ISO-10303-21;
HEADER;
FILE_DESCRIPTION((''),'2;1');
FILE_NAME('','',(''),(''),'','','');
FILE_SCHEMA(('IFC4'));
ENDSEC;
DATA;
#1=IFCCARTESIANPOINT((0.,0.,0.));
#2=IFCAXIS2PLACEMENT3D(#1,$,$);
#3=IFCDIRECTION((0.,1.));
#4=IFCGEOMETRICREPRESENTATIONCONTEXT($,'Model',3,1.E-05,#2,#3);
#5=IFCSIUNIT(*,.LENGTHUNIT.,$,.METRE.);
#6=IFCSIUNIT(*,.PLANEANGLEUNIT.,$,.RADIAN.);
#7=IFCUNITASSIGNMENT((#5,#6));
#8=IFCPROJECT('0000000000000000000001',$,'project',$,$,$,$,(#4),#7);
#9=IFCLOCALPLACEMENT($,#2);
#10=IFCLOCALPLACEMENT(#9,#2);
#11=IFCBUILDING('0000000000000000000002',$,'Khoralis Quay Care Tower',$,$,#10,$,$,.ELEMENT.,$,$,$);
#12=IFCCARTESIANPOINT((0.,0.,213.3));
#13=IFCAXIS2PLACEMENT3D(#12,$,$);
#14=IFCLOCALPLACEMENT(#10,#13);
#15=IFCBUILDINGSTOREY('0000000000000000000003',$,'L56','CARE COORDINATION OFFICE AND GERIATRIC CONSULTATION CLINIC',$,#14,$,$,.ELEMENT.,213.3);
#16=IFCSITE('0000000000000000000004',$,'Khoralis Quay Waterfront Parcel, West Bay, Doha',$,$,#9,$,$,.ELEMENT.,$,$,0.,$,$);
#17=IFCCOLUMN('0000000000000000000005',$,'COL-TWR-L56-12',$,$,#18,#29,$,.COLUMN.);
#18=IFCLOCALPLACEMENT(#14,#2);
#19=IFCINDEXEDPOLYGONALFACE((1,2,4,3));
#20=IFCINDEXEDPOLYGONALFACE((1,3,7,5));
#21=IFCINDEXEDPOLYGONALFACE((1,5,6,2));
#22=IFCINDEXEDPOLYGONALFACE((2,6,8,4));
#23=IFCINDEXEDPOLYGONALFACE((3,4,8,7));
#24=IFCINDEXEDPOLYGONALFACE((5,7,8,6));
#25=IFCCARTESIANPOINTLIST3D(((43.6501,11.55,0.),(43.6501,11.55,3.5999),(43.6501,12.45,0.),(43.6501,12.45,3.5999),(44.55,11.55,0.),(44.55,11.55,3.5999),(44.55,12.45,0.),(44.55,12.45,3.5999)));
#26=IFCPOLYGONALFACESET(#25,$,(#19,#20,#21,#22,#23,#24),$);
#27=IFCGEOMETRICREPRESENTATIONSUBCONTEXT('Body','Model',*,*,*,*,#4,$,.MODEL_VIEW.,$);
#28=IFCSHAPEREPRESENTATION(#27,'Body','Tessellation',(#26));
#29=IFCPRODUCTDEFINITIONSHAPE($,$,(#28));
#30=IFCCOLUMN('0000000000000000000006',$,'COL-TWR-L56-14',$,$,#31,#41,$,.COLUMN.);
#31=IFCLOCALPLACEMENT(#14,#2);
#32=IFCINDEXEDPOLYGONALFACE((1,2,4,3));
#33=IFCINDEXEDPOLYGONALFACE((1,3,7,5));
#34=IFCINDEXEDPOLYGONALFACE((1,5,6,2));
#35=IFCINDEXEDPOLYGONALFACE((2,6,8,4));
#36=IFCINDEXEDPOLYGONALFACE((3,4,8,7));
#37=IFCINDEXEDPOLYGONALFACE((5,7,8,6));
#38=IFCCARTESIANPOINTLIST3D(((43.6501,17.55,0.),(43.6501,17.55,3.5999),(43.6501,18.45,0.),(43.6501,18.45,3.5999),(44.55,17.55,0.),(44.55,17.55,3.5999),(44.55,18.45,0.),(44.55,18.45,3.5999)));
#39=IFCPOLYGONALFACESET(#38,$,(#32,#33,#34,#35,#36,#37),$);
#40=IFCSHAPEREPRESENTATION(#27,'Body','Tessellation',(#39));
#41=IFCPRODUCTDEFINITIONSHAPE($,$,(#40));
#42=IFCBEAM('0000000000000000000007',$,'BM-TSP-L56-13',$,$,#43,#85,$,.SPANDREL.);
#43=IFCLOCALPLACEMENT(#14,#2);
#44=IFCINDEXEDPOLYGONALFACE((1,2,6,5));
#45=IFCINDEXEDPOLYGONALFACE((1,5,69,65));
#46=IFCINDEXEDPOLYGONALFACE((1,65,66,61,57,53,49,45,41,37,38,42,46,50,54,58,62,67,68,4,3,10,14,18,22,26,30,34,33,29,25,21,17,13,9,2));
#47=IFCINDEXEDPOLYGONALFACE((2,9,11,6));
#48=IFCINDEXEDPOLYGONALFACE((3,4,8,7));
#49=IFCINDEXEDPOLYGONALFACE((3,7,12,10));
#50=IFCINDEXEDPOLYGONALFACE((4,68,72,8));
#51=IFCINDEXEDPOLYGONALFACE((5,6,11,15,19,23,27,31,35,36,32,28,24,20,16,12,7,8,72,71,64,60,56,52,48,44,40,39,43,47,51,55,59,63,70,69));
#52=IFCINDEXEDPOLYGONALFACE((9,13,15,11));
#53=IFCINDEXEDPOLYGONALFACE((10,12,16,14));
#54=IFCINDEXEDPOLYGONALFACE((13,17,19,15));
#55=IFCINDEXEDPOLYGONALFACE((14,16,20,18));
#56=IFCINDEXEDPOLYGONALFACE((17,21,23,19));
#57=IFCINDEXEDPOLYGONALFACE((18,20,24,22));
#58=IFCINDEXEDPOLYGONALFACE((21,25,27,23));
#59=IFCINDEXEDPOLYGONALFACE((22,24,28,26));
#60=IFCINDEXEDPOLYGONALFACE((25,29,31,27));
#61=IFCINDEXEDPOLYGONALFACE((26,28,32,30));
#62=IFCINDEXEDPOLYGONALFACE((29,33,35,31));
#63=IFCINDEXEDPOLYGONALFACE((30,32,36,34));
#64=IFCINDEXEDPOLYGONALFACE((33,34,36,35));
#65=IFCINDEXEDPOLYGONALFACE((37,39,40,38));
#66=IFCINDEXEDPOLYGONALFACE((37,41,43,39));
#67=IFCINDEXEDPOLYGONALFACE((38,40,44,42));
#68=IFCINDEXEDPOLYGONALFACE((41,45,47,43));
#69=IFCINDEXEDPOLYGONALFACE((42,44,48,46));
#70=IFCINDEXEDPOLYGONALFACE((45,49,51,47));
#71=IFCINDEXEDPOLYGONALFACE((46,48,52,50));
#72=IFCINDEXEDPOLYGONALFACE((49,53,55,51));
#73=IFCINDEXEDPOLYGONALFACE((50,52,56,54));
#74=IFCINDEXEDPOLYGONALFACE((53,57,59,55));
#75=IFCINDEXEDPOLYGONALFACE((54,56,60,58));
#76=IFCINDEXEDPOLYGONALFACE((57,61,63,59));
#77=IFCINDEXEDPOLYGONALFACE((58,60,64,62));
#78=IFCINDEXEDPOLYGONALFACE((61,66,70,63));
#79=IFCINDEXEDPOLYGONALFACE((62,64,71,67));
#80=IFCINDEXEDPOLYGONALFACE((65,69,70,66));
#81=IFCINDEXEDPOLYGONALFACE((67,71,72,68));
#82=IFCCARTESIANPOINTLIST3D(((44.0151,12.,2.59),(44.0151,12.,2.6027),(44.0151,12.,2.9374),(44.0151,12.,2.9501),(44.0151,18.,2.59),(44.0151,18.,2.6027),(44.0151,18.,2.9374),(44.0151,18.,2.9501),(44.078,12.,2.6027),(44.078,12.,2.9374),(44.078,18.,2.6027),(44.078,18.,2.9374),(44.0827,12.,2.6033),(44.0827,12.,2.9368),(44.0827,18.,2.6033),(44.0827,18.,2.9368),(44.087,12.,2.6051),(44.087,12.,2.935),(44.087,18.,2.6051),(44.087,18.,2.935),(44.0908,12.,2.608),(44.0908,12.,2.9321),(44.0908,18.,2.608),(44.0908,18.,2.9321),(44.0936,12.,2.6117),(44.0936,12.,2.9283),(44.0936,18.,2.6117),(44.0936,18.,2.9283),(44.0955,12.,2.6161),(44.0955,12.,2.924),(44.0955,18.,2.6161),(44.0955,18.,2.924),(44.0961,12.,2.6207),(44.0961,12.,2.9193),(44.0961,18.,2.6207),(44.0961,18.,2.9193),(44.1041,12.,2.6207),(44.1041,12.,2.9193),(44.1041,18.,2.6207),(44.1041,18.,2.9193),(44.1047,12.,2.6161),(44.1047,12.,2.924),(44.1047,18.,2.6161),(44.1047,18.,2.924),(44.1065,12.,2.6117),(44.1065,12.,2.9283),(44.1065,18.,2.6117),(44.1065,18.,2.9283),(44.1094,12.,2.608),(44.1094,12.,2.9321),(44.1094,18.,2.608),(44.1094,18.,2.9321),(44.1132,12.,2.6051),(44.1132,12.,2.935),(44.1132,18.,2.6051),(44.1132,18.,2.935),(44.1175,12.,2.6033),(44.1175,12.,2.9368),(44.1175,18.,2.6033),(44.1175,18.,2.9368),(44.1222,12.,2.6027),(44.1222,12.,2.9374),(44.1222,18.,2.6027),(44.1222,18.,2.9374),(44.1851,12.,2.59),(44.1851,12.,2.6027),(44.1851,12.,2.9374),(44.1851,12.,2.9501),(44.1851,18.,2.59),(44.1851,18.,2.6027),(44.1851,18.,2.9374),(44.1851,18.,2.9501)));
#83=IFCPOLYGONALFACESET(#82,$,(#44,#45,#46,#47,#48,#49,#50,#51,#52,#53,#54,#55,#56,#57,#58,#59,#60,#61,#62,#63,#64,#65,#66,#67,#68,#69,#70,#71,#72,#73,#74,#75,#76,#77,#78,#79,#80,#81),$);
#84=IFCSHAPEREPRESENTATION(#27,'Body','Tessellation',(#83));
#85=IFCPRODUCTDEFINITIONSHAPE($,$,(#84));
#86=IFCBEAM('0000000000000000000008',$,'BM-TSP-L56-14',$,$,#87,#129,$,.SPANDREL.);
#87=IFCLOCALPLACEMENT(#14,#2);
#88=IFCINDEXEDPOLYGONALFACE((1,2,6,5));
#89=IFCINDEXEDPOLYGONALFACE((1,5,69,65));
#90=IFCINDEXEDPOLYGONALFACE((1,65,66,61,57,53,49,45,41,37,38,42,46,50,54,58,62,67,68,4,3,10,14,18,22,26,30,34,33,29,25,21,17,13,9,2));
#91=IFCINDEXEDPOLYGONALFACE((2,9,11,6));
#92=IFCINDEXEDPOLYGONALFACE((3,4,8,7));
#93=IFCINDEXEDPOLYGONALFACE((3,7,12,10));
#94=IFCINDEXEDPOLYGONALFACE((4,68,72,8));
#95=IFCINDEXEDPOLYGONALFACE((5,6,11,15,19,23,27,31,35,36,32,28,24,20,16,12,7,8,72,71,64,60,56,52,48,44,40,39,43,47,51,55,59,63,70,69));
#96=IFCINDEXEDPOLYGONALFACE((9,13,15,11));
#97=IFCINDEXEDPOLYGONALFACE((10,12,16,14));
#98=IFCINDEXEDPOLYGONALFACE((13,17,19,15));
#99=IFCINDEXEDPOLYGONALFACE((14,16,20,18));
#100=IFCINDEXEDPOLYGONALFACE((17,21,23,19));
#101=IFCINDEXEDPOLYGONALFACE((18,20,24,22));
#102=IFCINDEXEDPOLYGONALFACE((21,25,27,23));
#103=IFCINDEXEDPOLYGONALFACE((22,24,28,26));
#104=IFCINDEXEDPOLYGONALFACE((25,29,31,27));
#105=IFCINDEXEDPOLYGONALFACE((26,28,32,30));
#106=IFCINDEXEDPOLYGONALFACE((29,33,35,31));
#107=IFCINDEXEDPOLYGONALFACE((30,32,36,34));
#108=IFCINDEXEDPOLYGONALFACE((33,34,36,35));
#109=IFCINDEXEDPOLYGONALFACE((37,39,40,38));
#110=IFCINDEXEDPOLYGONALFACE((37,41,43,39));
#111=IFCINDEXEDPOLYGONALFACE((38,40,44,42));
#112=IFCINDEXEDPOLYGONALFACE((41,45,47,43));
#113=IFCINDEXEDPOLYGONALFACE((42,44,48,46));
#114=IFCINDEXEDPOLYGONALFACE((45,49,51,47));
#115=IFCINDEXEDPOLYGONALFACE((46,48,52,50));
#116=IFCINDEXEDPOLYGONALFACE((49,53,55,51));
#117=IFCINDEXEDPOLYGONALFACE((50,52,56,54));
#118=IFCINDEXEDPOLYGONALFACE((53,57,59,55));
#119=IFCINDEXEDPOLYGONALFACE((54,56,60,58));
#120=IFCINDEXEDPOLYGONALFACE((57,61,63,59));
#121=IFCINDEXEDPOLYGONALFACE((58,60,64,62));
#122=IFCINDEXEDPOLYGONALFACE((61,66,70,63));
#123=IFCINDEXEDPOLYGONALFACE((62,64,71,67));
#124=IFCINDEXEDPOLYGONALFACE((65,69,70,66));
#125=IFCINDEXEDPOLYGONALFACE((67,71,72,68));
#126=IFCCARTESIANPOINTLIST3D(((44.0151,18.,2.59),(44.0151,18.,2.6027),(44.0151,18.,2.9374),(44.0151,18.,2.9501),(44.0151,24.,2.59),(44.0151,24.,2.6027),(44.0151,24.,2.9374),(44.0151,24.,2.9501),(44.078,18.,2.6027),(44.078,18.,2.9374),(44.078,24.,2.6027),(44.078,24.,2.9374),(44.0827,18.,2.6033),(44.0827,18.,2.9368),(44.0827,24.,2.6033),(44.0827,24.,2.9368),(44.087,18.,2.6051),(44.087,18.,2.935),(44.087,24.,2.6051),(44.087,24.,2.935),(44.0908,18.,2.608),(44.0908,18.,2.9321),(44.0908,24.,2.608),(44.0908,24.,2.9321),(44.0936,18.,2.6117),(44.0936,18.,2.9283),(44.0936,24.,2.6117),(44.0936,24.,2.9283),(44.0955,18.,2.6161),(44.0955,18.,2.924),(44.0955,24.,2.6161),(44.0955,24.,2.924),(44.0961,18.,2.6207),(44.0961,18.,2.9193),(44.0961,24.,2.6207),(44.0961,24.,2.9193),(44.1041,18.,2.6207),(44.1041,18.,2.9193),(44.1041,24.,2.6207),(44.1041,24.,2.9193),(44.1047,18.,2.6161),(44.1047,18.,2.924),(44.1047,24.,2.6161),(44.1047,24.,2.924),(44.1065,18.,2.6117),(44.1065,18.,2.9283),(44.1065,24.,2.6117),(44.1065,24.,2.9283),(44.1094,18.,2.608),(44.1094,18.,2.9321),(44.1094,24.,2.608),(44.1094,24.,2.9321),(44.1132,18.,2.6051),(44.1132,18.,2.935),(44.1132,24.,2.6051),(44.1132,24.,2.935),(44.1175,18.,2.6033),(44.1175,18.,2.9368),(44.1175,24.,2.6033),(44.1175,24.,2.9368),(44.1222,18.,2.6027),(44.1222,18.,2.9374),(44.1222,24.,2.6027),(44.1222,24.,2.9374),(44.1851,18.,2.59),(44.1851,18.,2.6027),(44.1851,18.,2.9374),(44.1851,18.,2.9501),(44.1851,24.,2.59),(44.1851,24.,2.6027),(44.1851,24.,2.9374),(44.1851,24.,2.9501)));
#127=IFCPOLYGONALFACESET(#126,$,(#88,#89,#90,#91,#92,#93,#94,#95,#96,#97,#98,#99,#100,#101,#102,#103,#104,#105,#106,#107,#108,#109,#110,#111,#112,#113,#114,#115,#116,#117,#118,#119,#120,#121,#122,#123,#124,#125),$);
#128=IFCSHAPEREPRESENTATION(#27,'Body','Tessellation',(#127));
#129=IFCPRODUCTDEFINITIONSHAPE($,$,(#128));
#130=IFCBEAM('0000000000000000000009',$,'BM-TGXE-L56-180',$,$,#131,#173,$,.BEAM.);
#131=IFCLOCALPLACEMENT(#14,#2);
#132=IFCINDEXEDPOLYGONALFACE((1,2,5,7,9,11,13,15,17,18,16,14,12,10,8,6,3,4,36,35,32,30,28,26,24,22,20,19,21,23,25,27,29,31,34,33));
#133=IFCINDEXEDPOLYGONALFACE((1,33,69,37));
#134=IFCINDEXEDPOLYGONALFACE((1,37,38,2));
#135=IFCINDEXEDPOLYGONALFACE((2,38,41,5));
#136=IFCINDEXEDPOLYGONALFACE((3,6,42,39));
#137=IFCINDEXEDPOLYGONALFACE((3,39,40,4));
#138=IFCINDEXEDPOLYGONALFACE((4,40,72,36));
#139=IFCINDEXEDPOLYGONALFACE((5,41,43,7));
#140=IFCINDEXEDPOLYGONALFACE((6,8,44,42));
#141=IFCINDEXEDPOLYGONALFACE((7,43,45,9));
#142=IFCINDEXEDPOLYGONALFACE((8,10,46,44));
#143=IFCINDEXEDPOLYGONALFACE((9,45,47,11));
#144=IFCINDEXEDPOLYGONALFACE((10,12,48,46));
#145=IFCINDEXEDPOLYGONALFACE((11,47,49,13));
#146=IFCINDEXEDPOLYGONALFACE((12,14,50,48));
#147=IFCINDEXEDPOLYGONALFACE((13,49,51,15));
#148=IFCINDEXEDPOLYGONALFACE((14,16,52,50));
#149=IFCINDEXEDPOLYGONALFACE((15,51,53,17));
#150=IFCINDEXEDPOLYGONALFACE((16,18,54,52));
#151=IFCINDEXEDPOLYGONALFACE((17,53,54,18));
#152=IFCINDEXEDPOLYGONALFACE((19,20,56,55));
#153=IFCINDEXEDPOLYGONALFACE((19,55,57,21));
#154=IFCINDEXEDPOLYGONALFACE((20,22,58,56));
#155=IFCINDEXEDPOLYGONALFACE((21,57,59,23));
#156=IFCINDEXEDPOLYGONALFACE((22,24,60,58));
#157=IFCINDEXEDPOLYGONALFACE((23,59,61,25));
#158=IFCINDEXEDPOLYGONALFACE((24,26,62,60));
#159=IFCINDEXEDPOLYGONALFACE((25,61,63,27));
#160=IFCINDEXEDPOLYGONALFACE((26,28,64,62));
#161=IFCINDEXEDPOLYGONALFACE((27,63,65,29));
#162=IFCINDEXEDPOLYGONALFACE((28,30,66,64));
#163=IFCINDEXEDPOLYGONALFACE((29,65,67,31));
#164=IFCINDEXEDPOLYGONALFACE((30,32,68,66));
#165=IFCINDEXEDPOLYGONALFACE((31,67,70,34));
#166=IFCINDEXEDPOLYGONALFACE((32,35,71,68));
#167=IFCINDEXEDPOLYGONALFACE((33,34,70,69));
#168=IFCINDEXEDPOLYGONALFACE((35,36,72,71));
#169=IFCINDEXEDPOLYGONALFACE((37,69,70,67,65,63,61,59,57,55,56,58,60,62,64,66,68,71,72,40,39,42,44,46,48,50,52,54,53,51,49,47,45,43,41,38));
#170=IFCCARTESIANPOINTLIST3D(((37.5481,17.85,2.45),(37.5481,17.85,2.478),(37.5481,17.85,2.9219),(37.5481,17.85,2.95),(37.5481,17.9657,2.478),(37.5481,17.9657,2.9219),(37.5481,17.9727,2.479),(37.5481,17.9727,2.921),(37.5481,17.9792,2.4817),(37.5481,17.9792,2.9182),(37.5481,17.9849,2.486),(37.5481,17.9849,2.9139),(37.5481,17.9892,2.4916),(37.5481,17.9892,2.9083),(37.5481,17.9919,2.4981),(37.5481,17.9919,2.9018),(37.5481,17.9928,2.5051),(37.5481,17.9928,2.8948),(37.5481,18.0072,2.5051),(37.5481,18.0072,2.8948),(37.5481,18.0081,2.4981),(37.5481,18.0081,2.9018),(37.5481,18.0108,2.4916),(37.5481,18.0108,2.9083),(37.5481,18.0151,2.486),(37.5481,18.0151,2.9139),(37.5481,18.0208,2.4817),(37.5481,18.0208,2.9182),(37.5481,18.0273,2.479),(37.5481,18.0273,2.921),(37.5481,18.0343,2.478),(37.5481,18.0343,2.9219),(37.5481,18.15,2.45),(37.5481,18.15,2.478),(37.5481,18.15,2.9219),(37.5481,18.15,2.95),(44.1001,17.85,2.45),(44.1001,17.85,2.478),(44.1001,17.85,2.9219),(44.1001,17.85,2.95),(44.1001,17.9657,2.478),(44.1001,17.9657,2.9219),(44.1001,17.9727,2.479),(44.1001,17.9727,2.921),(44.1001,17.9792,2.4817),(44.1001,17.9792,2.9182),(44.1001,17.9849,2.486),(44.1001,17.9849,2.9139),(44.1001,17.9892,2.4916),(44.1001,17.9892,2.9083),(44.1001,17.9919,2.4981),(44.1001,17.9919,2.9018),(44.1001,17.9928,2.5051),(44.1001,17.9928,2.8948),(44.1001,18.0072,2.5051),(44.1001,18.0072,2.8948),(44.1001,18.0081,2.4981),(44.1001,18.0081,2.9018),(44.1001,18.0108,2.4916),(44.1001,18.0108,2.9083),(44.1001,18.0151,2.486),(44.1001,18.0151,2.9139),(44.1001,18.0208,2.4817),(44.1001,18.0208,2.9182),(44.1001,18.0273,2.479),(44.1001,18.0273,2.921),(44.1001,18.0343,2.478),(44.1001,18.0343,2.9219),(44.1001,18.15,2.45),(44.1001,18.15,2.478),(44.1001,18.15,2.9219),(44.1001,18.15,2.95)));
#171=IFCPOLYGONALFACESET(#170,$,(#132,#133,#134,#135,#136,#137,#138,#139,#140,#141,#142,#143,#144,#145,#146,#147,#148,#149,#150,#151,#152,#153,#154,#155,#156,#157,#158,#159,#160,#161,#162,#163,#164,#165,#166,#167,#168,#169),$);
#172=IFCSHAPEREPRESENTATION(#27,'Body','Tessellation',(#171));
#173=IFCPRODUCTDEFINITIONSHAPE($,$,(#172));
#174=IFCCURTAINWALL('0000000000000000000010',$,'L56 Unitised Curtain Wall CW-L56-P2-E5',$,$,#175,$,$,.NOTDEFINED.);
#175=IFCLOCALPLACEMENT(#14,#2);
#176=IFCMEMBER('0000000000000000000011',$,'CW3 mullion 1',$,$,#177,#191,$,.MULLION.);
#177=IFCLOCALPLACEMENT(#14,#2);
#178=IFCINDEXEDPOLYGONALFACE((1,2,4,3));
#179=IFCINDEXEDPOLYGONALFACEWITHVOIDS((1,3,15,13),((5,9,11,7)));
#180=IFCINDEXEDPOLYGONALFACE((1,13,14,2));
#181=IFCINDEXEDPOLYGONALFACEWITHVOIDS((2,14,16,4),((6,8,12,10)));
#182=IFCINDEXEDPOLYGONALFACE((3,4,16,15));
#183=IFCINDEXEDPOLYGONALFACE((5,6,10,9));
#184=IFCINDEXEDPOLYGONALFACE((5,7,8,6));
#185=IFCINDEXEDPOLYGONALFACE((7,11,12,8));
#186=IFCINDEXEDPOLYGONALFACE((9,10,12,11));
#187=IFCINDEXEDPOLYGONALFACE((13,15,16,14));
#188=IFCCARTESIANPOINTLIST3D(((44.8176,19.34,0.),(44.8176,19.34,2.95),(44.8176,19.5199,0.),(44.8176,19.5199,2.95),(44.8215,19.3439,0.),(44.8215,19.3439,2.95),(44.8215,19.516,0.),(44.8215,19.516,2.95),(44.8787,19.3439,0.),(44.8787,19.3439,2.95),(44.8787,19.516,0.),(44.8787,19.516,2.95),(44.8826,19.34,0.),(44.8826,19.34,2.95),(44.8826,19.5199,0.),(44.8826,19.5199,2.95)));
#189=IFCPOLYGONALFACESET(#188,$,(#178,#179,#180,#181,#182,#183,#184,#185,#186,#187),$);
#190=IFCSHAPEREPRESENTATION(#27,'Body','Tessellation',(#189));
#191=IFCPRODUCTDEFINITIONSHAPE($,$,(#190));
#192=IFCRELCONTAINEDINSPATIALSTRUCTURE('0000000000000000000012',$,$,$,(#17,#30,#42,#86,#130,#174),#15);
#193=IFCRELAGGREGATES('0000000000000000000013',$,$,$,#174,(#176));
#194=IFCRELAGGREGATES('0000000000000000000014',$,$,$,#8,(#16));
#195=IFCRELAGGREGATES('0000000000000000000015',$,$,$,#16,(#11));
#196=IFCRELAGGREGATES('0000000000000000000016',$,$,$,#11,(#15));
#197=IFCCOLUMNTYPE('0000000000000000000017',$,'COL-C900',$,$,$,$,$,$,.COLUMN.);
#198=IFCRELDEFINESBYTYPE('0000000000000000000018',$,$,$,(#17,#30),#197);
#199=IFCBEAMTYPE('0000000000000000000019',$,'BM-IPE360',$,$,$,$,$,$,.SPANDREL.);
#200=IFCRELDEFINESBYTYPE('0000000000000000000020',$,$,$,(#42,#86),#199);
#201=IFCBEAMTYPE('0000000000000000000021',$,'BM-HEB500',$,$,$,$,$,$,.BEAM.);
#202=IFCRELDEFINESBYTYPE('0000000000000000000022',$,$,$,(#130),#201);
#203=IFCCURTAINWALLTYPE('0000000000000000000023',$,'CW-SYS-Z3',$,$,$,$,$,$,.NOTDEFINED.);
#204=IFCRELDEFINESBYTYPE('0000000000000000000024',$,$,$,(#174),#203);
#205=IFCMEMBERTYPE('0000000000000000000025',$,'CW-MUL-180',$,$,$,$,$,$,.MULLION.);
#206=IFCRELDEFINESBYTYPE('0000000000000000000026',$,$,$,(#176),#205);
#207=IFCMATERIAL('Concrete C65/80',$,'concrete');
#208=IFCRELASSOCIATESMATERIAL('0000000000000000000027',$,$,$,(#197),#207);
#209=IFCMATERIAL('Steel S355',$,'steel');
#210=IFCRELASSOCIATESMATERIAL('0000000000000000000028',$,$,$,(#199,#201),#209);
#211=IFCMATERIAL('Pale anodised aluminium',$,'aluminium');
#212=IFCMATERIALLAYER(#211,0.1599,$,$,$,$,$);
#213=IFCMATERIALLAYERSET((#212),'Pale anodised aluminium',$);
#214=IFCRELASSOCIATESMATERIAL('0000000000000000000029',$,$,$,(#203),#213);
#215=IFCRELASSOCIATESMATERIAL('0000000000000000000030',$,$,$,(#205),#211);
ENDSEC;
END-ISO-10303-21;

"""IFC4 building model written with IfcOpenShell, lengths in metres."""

from ifc_helpers import new_model, si_unit, direction, frame, origin, origin_2d, place, context, subcontext, project, spatial, rectangle, hollow_rectangle, i_section, extrude, source, transform, mapped, material, layer, layer_set, material_profile, profile_set, type_object, element, aggregate, save


model = new_model("IFC4")

# Units and contexts
model_context = context("Model", 3, precision=1e-05, world=origin(), true_north=direction((0.0, 1.0)))
body_context = subcontext(model_context, "Body", "Model", "MODEL_VIEW")
ifc_project = project(units=[si_unit("LENGTHUNIT", "METRE"), si_unit("PLANEANGLEUNIT", "RADIAN")], contexts=[model_context])

# Site, building, storey
site_placement = place(None, origin())
site = spatial("IfcSite", under=ifc_project, at=site_placement, Name="Khoralis Quay Waterfront Parcel, West Bay, Doha", CompositionType="ELEMENT", RefElevation=0.0)
building_placement = place(site_placement, origin())
building = spatial("IfcBuilding", under=site, at=building_placement, Name="Khoralis Quay Care Tower", CompositionType="ELEMENT")
storey_placement = place(building_placement, frame((0.0, 0.0, 213.3)))
storey = spatial("IfcBuildingStorey", under=building, at=storey_placement, Name="L56", Description="CARE COORDINATION OFFICE AND GERIATRIC CONSULTATION CLINIC", CompositionType="ELEMENT", Elevation=213.3)

# Columns
ifc_material_1 = material(Name="Concrete C65/80", Category="concrete")
ifc_material_profile_1 = material_profile(ifc_material_1, rectangle(XDim=0.8999, YDim=0.8999, at=origin_2d()), Name="Concrete C65/80")
ifc_profile_set_1 = profile_set([ifc_material_profile_1], Name="Concrete C65/80")
column_type = type_object("IfcColumnType", Name="COL-C900", PredefinedType="COLUMN", material=ifc_profile_set_1)
shared_shape_1 = source(origin(), body_context, "Body", "SweptSolid", [
    extrude(rectangle(XDim=0.8999, YDim=0.8999, at=origin_2d()), origin(), (0.0, 0.0, 1.0), 3.5999),
])
for number, where, z_axis, x_axis, name in (
    (1, (44.1001, 12.0, 0.0), (0.0, 0.0, 1.0), (1.0, 0.0, 0.0), "COL-TWR-L56-12"),
    (2, (44.1001, 18.0, 0.0), (0.0, 0.0, 1.0), (1.0, 0.0, 0.0), "COL-TWR-L56-14"),
):
    element("IfcColumn", number, at=place(storey_placement, frame(where, z_axis=z_axis, x_axis=x_axis)), inside=storey, type_object=column_type, Name=name, PredefinedType="COLUMN", context=body_context, shape_type="MappedRepresentation", body=[
        mapped(shared_shape_1, transform((0.0, 0.0, 0.0), scale=1.0)),
    ])

# Beams
ifc_material_2 = material(Name="Steel S355", Category="steel")
ifc_material_profile_2 = material_profile(ifc_material_2, i_section(OverallWidth=0.1699, OverallDepth=0.3601, WebThickness=0.0081, FlangeThickness=0.0127, FilletRadius=0.0181, at=origin_2d()), Name="Steel S355")
ifc_profile_set_2 = profile_set([ifc_material_profile_2], Name="Steel S355")
beam_type_1 = type_object("IfcBeamType", Name="BM-IPE360", PredefinedType="SPANDREL", material=ifc_profile_set_2)
shared_shape_2 = source(origin(), body_context, "Body", "SweptSolid", [
    extrude(i_section(OverallWidth=0.1699, OverallDepth=0.3601, WebThickness=0.0081, FlangeThickness=0.0127, FilletRadius=0.0181, at=origin_2d()), origin(), (0.0, 0.0, 1.0), 6.0),
])
for number, where, z_axis, x_axis, name in (
    (3, (44.1001, 12.0, 2.77), (0.0, 1.0, 0.0), (-1.0, 0.0, 0.0), "BM-TSP-L56-13"),
    (4, (44.1001, 18.0, 2.77), (0.0, 1.0, 0.0), (-1.0, 0.0, 0.0), "BM-TSP-L56-14"),
):
    element("IfcBeam", number, at=place(storey_placement, frame(where, z_axis=z_axis, x_axis=x_axis)), inside=storey, type_object=beam_type_1, Name=name, PredefinedType="SPANDREL", context=body_context, shape_type="MappedRepresentation", body=[
        mapped(shared_shape_2, transform((0.0, 0.0, 0.0), scale=1.0)),
    ])
ifc_material_profile_3 = material_profile(ifc_material_2, i_section(OverallWidth=0.3, OverallDepth=0.5, WebThickness=0.0144, FlangeThickness=0.0281, FilletRadius=0.0271, at=origin_2d()), Name="Steel S355")
ifc_profile_set_3 = profile_set([ifc_material_profile_3], Name="Steel S355")
beam_type_2 = type_object("IfcBeamType", Name="BM-HEB500", PredefinedType="BEAM", material=ifc_profile_set_3)
shared_shape_3 = source(origin(), body_context, "Body", "SweptSolid", [
    extrude(i_section(OverallWidth=0.3, OverallDepth=0.5, WebThickness=0.0144, FlangeThickness=0.0281, FilletRadius=0.0271, at=origin_2d()), origin(), (0.0, 0.0, 1.0), 6.552),
])
beam_placement = place(storey_placement, frame((37.5481, 18.0, 2.7), z_axis=(1.0, 0.0, 0.0), x_axis=(0.0, 1.0, 0.0)))
element("IfcBeam", 5, at=beam_placement, inside=storey, type_object=beam_type_2, Name="BM-TGXE-L56-180", PredefinedType="BEAM", context=body_context, shape_type="MappedRepresentation", body=[
    mapped(shared_shape_3, transform((0.0, 0.0, 0.0), scale=1.0)),
])

# Curtain wall, member
ifc_material_3 = material(Name="Pale anodised aluminium", Category="aluminium")
ifc_layer_1 = layer(ifc_material_3, 0.1599)
ifc_layer_set_1 = layer_set([ifc_layer_1], Name="Pale anodised aluminium")
curtain_wall_type = type_object("IfcCurtainWallType", Name="CW-SYS-Z3", PredefinedType="NOTDEFINED", material=ifc_layer_set_1)
curtain_wall_placement = place(storey_placement, origin())
curtain_wall = element("IfcCurtainWall", 6, at=curtain_wall_placement, inside=storey, type_object=curtain_wall_type, Name="L56 Unitised Curtain Wall CW-L56-P2-E5", PredefinedType="NOTDEFINED")
ifc_material_profile_4 = material_profile(ifc_material_3, hollow_rectangle(XDim=0.0649, YDim=0.1799, WallThickness=0.0039, at=origin_2d()), Name="Pale anodised aluminium")
ifc_profile_set_4 = profile_set([ifc_material_profile_4], Name="Pale anodised aluminium")
member_type_1 = type_object("IfcMemberType", Name="CW-MUL-180", PredefinedType="MULLION", material=ifc_profile_set_4)
shared_shape_4 = source(origin(), body_context, "Body", "SweptSolid", [
    extrude(hollow_rectangle(XDim=0.0649, YDim=0.1799, WallThickness=0.0039, at=origin_2d()), origin(), (0.0, 0.0, 1.0), 2.95),
])
member_1_placement = place(storey_placement, frame((44.8501, 19.4299, 0.0), z_axis=(0.0, 0.0, 1.0), x_axis=(-1.0, 0.0, 0.0)))
member_1 = element("IfcMember", 7, at=member_1_placement, type_object=member_type_1, Name="CW3 mullion 1", PredefinedType="MULLION", context=body_context, shape_type="MappedRepresentation", body=[
    mapped(shared_shape_4, transform((0.0, 0.0, 0.0), scale=1.0)),
])
aggregate(curtain_wall, [member_1])

save(model, "model.ifc")
